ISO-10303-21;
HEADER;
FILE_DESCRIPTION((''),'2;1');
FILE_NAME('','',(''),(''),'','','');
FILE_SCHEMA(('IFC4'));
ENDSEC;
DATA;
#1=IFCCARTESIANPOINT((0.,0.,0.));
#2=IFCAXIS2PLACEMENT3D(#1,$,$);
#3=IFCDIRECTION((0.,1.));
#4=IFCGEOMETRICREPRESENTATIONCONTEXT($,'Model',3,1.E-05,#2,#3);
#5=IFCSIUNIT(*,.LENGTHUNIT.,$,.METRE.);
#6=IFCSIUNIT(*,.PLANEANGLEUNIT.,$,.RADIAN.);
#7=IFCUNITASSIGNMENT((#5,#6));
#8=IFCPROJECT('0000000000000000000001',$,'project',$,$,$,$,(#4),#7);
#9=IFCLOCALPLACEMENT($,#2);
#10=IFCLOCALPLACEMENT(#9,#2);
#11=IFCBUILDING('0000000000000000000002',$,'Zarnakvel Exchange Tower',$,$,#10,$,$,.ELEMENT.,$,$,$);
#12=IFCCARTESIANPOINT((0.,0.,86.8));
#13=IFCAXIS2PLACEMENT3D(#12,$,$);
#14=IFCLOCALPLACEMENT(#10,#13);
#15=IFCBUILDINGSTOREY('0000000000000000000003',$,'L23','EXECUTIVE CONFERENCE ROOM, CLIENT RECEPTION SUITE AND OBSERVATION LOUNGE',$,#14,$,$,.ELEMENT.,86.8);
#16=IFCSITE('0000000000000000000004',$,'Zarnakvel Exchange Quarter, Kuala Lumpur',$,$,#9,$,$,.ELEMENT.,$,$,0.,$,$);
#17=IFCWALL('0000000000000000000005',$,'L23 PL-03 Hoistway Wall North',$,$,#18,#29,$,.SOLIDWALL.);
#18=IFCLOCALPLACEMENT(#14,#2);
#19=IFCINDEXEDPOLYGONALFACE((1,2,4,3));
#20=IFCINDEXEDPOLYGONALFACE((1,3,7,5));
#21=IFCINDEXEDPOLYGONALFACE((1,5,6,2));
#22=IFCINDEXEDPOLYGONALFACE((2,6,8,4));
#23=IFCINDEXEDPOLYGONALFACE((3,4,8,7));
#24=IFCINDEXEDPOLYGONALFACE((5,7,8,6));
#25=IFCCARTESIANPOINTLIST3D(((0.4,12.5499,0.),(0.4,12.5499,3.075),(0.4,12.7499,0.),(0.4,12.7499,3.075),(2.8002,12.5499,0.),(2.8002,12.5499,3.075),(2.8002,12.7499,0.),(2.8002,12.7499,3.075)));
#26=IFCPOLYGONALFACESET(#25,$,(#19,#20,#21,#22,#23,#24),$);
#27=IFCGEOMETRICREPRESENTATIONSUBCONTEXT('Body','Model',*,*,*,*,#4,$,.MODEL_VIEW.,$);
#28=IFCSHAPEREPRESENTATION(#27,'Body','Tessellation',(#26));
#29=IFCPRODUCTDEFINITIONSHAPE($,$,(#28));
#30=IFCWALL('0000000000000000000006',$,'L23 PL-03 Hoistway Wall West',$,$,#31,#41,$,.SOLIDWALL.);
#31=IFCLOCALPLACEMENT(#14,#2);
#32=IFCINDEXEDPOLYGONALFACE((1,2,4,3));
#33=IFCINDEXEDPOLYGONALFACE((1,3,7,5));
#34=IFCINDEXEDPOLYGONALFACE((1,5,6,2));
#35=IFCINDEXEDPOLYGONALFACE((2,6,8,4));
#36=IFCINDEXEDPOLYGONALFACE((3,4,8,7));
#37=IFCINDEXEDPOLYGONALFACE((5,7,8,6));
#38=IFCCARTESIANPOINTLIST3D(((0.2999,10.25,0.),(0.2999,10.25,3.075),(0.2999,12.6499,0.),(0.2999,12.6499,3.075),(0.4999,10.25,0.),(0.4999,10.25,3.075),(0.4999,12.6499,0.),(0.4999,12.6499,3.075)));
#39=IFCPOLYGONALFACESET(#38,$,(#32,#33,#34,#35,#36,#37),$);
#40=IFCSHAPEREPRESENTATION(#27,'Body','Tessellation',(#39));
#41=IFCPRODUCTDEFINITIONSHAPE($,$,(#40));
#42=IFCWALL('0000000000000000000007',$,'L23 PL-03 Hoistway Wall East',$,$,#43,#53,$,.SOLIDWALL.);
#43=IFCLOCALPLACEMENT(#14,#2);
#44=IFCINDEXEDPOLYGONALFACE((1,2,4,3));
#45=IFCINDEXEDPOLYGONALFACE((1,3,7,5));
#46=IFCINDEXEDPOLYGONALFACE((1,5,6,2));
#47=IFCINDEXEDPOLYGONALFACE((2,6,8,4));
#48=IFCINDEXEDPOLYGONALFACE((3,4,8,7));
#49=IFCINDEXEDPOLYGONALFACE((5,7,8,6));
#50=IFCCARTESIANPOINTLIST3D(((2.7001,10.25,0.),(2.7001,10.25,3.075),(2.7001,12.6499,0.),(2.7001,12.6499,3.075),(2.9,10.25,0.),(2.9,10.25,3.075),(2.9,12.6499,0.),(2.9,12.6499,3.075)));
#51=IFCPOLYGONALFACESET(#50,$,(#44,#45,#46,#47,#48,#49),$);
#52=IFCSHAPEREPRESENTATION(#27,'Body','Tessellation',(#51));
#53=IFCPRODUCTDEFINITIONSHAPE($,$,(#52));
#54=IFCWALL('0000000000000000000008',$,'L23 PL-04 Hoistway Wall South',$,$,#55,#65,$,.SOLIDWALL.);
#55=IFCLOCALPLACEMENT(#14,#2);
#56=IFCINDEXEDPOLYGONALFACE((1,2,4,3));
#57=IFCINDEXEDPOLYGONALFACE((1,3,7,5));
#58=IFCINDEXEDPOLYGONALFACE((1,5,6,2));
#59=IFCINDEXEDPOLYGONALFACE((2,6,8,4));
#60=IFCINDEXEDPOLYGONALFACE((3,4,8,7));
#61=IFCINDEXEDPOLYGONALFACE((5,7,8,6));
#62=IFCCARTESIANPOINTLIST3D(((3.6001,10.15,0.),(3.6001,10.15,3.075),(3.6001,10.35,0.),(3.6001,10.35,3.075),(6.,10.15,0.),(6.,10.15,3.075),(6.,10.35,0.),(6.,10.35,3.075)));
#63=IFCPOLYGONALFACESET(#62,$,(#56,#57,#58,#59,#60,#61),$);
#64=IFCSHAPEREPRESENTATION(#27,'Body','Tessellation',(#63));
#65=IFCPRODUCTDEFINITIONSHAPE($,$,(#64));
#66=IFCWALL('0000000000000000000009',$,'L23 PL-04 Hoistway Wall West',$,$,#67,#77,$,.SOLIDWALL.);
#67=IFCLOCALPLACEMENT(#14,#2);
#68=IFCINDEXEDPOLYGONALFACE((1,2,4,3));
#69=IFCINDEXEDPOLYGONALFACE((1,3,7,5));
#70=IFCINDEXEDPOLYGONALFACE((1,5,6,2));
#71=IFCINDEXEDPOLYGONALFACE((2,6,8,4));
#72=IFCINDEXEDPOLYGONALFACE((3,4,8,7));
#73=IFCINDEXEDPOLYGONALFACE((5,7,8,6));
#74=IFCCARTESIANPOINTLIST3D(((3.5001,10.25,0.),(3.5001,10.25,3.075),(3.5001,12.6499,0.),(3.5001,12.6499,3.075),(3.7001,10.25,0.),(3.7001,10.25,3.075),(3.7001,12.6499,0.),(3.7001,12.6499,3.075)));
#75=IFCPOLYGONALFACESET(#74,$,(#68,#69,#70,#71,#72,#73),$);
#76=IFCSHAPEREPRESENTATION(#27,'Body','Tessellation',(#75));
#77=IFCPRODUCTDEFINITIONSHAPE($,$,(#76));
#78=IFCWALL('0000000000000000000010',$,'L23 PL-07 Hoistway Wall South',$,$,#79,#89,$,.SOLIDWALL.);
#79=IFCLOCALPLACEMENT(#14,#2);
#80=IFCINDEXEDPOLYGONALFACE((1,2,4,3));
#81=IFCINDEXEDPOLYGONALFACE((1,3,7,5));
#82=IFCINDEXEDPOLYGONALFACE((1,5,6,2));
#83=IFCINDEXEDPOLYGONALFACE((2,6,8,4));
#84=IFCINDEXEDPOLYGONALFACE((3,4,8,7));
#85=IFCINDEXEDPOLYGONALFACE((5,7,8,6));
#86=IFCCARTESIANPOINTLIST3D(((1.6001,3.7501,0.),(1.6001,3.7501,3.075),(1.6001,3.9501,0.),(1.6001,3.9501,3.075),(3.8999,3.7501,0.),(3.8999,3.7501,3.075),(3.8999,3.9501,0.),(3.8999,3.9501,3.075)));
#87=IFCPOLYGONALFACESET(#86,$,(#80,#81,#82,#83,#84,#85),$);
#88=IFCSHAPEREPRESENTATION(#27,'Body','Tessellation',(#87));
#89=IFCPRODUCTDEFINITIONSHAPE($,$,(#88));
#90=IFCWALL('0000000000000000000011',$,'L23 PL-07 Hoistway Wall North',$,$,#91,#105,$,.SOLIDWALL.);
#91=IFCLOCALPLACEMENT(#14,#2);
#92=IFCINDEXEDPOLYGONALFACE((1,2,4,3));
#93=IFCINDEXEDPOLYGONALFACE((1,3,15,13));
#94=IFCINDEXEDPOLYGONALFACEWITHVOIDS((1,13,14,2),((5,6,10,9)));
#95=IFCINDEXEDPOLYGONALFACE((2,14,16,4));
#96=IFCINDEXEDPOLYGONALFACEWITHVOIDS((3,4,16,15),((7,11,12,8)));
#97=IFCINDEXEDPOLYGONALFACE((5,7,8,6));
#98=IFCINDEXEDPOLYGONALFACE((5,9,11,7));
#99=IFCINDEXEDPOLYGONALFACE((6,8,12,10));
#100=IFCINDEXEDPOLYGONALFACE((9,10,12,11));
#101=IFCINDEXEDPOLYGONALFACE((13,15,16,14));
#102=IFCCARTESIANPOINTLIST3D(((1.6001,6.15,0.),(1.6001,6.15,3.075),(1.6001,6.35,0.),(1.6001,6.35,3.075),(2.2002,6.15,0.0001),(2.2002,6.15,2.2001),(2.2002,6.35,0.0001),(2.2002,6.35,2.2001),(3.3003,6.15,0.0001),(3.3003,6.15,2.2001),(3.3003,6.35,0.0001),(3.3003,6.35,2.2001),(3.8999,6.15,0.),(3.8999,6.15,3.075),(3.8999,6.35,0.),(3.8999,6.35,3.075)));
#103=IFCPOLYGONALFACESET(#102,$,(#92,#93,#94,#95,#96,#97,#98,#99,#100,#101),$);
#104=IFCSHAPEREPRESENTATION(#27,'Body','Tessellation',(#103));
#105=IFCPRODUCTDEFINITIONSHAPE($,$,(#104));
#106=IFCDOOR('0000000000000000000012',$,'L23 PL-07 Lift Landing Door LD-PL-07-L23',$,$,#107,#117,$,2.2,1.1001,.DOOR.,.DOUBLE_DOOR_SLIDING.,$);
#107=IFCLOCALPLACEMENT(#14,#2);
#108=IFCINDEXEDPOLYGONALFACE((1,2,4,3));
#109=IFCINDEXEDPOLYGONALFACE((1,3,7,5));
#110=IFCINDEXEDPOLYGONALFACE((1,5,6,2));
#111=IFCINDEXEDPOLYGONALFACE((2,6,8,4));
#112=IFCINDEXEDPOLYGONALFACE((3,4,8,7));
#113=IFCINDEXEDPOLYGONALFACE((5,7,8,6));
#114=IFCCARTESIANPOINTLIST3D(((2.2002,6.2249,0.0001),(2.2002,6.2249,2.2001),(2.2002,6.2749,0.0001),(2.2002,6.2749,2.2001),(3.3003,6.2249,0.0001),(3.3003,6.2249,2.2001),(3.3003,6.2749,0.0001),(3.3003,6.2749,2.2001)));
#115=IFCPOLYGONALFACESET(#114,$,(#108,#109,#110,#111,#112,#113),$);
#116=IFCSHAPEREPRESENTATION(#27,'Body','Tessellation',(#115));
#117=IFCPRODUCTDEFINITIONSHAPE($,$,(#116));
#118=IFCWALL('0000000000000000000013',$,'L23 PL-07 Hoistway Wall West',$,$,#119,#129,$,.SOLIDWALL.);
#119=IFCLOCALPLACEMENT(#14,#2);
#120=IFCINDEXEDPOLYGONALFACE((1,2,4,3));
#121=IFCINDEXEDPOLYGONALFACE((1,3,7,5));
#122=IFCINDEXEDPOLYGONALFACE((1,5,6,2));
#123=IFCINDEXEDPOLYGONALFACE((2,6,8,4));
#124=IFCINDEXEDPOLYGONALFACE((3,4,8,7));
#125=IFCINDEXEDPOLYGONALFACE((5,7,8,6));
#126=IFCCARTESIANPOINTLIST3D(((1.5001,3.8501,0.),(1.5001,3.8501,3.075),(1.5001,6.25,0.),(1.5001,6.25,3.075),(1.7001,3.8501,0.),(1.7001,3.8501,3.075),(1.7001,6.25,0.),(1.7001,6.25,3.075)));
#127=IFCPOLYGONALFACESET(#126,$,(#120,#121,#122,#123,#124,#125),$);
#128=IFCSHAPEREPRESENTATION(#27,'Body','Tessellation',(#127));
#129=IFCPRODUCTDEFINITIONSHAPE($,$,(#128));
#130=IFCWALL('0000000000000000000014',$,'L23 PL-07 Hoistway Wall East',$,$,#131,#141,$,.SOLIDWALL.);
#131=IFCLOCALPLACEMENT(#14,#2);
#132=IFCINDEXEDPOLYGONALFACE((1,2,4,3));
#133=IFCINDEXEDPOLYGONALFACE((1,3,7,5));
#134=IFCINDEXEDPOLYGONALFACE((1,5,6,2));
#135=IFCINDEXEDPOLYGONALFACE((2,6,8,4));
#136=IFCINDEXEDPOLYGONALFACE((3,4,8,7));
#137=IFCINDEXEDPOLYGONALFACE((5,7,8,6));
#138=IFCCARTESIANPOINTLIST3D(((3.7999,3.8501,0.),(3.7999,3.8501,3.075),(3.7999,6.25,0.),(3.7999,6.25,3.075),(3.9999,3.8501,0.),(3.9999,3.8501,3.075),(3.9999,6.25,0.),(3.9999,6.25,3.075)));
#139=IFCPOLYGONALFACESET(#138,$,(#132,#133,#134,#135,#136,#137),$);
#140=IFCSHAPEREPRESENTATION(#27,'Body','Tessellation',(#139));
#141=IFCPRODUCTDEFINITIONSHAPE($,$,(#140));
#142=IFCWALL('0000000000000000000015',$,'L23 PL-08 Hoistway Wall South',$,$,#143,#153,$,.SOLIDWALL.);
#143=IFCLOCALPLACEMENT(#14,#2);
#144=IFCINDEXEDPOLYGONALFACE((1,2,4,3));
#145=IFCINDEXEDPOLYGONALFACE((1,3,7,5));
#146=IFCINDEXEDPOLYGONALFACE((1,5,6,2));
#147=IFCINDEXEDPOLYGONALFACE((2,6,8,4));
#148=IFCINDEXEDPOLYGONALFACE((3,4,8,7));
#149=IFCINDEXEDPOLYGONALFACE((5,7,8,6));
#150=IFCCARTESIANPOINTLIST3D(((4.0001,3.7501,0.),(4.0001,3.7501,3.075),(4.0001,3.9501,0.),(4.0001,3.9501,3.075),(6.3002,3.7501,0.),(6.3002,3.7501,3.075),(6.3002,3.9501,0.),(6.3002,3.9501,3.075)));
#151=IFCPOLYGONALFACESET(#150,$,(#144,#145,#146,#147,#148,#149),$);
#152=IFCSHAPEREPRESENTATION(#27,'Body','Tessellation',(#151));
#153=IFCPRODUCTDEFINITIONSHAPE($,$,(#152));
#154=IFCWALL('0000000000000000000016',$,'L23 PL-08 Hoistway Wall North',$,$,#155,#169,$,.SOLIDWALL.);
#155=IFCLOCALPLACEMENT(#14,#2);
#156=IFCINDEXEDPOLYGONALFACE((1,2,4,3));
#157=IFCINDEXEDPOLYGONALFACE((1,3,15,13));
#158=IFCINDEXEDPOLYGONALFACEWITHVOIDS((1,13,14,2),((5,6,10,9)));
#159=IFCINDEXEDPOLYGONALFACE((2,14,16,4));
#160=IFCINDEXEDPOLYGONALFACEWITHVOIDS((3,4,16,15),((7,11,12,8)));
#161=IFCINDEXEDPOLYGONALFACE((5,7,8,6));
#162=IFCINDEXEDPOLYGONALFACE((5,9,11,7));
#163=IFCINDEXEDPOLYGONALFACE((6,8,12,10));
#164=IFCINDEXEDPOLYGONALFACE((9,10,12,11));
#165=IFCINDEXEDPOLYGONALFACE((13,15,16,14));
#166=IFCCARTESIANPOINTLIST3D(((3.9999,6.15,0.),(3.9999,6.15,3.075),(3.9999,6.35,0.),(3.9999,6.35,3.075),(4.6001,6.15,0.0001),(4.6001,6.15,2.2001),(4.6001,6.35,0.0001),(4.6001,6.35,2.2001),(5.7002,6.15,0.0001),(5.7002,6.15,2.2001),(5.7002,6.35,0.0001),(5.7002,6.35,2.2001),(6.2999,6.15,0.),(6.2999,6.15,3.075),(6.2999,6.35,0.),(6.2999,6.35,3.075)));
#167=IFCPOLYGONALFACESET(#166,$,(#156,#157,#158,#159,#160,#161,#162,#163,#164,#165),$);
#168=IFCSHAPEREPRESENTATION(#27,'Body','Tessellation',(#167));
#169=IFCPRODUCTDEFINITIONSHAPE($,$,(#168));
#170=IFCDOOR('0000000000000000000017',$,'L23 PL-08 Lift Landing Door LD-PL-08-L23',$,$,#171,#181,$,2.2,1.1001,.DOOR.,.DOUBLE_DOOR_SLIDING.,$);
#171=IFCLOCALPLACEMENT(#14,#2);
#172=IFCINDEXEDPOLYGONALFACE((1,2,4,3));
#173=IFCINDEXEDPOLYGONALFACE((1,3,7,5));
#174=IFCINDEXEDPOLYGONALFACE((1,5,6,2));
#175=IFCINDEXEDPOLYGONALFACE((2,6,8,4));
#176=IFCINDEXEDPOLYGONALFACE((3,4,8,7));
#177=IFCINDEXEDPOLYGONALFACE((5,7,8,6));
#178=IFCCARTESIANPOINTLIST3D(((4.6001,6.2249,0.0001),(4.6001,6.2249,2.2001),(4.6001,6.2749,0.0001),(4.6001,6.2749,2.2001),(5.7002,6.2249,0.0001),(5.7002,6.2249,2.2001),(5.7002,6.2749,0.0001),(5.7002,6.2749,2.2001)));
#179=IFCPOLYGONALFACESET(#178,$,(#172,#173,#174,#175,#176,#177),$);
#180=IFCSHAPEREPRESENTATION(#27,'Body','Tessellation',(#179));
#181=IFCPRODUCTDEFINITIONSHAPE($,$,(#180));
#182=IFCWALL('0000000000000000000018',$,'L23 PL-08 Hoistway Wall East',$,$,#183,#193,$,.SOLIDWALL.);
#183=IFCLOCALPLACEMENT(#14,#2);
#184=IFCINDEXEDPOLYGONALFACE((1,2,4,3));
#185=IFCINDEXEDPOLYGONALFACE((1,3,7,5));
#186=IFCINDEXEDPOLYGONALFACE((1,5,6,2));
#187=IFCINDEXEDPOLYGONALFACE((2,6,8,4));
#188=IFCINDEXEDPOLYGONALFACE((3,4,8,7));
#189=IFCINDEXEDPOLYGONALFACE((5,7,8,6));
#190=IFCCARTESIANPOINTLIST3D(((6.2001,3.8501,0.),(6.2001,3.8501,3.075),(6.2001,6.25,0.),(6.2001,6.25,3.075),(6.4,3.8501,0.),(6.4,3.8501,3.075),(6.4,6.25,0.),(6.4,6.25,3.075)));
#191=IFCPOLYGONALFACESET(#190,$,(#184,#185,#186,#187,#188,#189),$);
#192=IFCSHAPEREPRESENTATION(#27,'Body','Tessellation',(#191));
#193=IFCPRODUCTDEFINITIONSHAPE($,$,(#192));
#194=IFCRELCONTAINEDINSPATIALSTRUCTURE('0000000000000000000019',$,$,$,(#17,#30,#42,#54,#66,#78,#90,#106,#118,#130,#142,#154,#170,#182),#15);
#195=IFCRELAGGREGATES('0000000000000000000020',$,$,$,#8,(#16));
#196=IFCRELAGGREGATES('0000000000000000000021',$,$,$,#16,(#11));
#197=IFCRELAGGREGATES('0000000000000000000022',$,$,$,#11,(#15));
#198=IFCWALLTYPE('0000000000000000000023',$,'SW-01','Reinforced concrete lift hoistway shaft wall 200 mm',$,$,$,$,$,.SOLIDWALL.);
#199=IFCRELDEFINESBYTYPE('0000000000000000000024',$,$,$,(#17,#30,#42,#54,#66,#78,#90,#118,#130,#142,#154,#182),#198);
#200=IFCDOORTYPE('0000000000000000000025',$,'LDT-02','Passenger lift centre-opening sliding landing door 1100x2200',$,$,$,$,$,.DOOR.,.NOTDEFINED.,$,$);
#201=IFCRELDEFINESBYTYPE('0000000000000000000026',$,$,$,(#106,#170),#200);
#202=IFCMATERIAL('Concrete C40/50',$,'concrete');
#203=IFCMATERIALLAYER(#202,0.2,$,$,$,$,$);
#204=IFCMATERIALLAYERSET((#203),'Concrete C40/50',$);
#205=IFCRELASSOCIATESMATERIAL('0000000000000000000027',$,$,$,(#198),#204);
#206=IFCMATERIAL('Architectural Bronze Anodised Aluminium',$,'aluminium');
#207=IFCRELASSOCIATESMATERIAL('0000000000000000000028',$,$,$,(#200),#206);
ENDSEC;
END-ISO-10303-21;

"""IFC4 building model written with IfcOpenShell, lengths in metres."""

from ifc_helpers import new_model, si_unit, direction, frame, frame_2d, origin, place, context, subcontext, project, spatial, rectangle, extrude, source, transform, mapped, material, layer, layer_set, type_object, element, fill, save


model = new_model("IFC4")

# Units and contexts
model_context = context("Model", 3, precision=1e-05, world=origin(), true_north=direction((0.0, 1.0)))
body_context = subcontext(model_context, "Body", "Model", "MODEL_VIEW")
ifc_project = project(units=[si_unit("LENGTHUNIT", "METRE"), si_unit("PLANEANGLEUNIT", "RADIAN")], contexts=[model_context])

# Site, building, storey
site_placement = place(None, origin())
site = spatial("IfcSite", under=ifc_project, at=site_placement, Name="Zarnakvel Exchange Quarter, Kuala Lumpur", CompositionType="ELEMENT", RefElevation=0.0)
building_placement = place(site_placement, origin())
building = spatial("IfcBuilding", under=site, at=building_placement, Name="Zarnakvel Exchange Tower", CompositionType="ELEMENT")
storey_placement = place(building_placement, frame((0.0, 0.0, 86.8)))
storey = spatial("IfcBuildingStorey", under=building, at=storey_placement, Name="L23", Description="EXECUTIVE CONFERENCE ROOM, CLIENT RECEPTION SUITE AND OBSERVATION LOUNGE", CompositionType="ELEMENT", Elevation=86.8)

# Walls
ifc_material_1 = material(Name="Concrete C40/50", Category="concrete")
ifc_layer_1 = layer(ifc_material_1, 0.2)
ifc_layer_set_1 = layer_set([ifc_layer_1], Name="Concrete C40/50")
wall_type_1 = type_object("IfcWallType", Name="SW-01", Description="Reinforced concrete lift hoistway shaft wall 200 mm", PredefinedType="SOLIDWALL", material=ifc_layer_set_1)
for number, where, z_axis, x_axis, name in (
    (1, (0.3999, 12.6499, 0.0), (0.0, 0.0, 1.0), (1.0, 0.0, 0.0), "L23 PL-03 Hoistway Wall North"),
):
    element("IfcWall", number, at=place(storey_placement, frame(where, z_axis=z_axis, x_axis=x_axis)), inside=storey, type_object=wall_type_1, Name=name, PredefinedType="SOLIDWALL", context=body_context, shape_type="SweptSolid", body=[
        extrude(rectangle(XDim=2.4001, YDim=0.2, at=frame_2d((1.2002, 0.0))), origin(), (0.0, 0.0, 1.0), 3.075),
    ])
for number, where, z_axis, x_axis, name in (
    (2, (0.3999, 10.25, 0.0), (0.0, 0.0, 1.0), (0.0, 1.0, 0.0), "L23 PL-03 Hoistway Wall West"),
    (3, (2.8, 12.6499, 0.0), (0.0, 0.0, 1.0), (0.0, -1.0, 0.0), "L23 PL-03 Hoistway Wall East"),
    (4, (6.0, 10.25, 0.0), (0.0, 0.0, 1.0), (-1.0, 0.0, 0.0), "L23 PL-04 Hoistway Wall South"),
    (5, (3.6001, 10.25, 0.0), (0.0, 0.0, 1.0), (0.0, 1.0, 0.0), "L23 PL-04 Hoistway Wall West"),
):
    element("IfcWall", number, at=place(storey_placement, frame(where, z_axis=z_axis, x_axis=x_axis)), inside=storey, type_object=wall_type_1, Name=name, PredefinedType="SOLIDWALL", context=body_context, shape_type="SweptSolid", body=[
        extrude(rectangle(XDim=2.3999, YDim=0.2, at=frame_2d((1.2, 0.0))), origin(), (0.0, 0.0, 1.0), 3.075),
    ])
wall_1_placement = place(storey_placement, frame((3.8999, 3.8501, 0.0), z_axis=(0.0, 0.0, 1.0), x_axis=(-1.0, 0.0, 0.0)))
element("IfcWall", 6, at=wall_1_placement, inside=storey, type_object=wall_type_1, Name="L23 PL-07 Hoistway Wall South", PredefinedType="SOLIDWALL", context=body_context, shape_type="SweptSolid", body=[
    extrude(rectangle(XDim=2.2998, YDim=0.2, at=frame_2d((1.1499, 0.0))), origin(), (0.0, 0.0, 1.0), 3.075),
])

# Wall, opening, door
wall_2_placement = place(storey_placement, frame((1.6001, 6.25, 0.0), z_axis=(0.0, 0.0, 1.0), x_axis=(1.0, 0.0, 0.0)))
wall_2 = element("IfcWall", 7, at=wall_2_placement, inside=storey, type_object=wall_type_1, Name="L23 PL-07 Hoistway Wall North", PredefinedType="SOLIDWALL", context=body_context, shape_type="SweptSolid", body=[
    extrude(rectangle(XDim=2.2998, YDim=0.2, at=frame_2d((1.1499, 0.0))), origin(), (0.0, 0.0, 1.0), 3.075),
])
opening_1_placement = place(wall_2_placement, frame((0.6001, 0.0, 0.0)))
opening_1 = element("IfcOpeningElement", 8, at=opening_1_placement, cuts=wall_2, PredefinedType="OPENING", context=body_context, shape_type="SweptSolid", body=[
    extrude(rectangle(XDim=1.1001, YDim=2.2, at=frame_2d((0.55, 1.1001))), frame((0.0, 0.1099, 0.0), z_axis=(0.0, -1.0, 0.0), x_axis=(1.0, 0.0, 0.0)), (0.0, 0.0, 1.0), 0.22),
])
ifc_material_2 = material(Name="Architectural Bronze Anodised Aluminium", Category="aluminium")
door_type = type_object("IfcDoorType", Name="LDT-02", Description="Passenger lift centre-opening sliding landing door 1100x2200", OperationType="NOTDEFINED", PredefinedType="DOOR", material=ifc_material_2)
shared_shape_1 = source(origin(), body_context, "Body", "SweptSolid", [
    extrude(rectangle(XDim=1.1001, YDim=2.2, at=frame_2d((0.55, 1.1001))), frame((0.0, 0.0249, 0.0), z_axis=(0.0, -1.0, 0.0), x_axis=(1.0, 0.0, 0.0)), (0.0, 0.0, 1.0), 0.05),
])
door_1_placement = place(opening_1_placement, origin())
door_1 = element("IfcDoor", 9, at=door_1_placement, inside=storey, type_object=door_type, Name="L23 PL-07 Lift Landing Door LD-PL-07-L23", OperationType="DOUBLE_DOOR_SLIDING", OverallHeight=2.2, OverallWidth=1.1001, PredefinedType="DOOR", context=body_context, shape_type="MappedRepresentation", body=[
    mapped(shared_shape_1, transform((0.0, 0.0, 0.0), x_axis=(1.0, 0.0, 0.0), y_axis=(0.0, 1.0, 0.0), z_axis=(0.0, 0.0, 1.0), scale=1.0)),
])
fill(opening_1, door_1)

# Walls
for number, where, z_axis, x_axis, name in (
    (10, (1.6001, 3.8501, 0.0), (0.0, 0.0, 1.0), (0.0, 1.0, 0.0), "L23 PL-07 Hoistway Wall West"),
    (11, (3.8999, 6.25, 0.0), (0.0, 0.0, 1.0), (0.0, -1.0, 0.0), "L23 PL-07 Hoistway Wall East"),
):
    element("IfcWall", number, at=place(storey_placement, frame(where, z_axis=z_axis, x_axis=x_axis)), inside=storey, type_object=wall_type_1, Name=name, PredefinedType="SOLIDWALL", context=body_context, shape_type="SweptSolid", body=[
        extrude(rectangle(XDim=2.3999, YDim=0.2, at=frame_2d((1.2, 0.0))), origin(), (0.0, 0.0, 1.0), 3.075),
    ])
wall_3_placement = place(storey_placement, frame((6.3, 3.8501, 0.0), z_axis=(0.0, 0.0, 1.0), x_axis=(-1.0, 0.0, 0.0)))
element("IfcWall", 12, at=wall_3_placement, inside=storey, type_object=wall_type_1, Name="L23 PL-08 Hoistway Wall South", PredefinedType="SOLIDWALL", context=body_context, shape_type="SweptSolid", body=[
    extrude(rectangle(XDim=2.3, YDim=0.2, at=frame_2d((1.1499, 0.0))), origin(), (0.0, 0.0, 1.0), 3.075),
])

# Wall, opening, door
wall_4_placement = place(storey_placement, frame((4.0, 6.25, 0.0), z_axis=(0.0, 0.0, 1.0), x_axis=(1.0, 0.0, 0.0)))
wall_4 = element("IfcWall", 13, at=wall_4_placement, inside=storey, type_object=wall_type_1, Name="L23 PL-08 Hoistway Wall North", PredefinedType="SOLIDWALL", context=body_context, shape_type="SweptSolid", body=[
    extrude(rectangle(XDim=2.3, YDim=0.2, at=frame_2d((1.1499, 0.0))), origin(), (0.0, 0.0, 1.0), 3.075),
])
opening_2_placement = place(wall_4_placement, frame((0.6001, 0.0, 0.0)))
opening_2 = element("IfcOpeningElement", 14, at=opening_2_placement, cuts=wall_4, PredefinedType="OPENING", context=body_context, shape_type="SweptSolid", body=[
    extrude(rectangle(XDim=1.1001, YDim=2.2, at=frame_2d((0.55, 1.1001))), frame((0.0, 0.1099, 0.0), z_axis=(0.0, -1.0, 0.0), x_axis=(1.0, 0.0, 0.0)), (0.0, 0.0, 1.0), 0.22),
])
door_2_placement = place(opening_2_placement, origin())
door_2 = element("IfcDoor", 15, at=door_2_placement, inside=storey, type_object=door_type, Name="L23 PL-08 Lift Landing Door LD-PL-08-L23", OperationType="DOUBLE_DOOR_SLIDING", OverallHeight=2.2, OverallWidth=1.1001, PredefinedType="DOOR", context=body_context, shape_type="MappedRepresentation", body=[
    mapped(shared_shape_1, transform((0.0, 0.0, 0.0), x_axis=(1.0, 0.0, 0.0), y_axis=(0.0, 1.0, 0.0), z_axis=(0.0, 0.0, 1.0), scale=1.0)),
])
fill(opening_2, door_2)

# Wall
wall_5_placement = place(storey_placement, frame((6.3, 6.25, 0.0), z_axis=(0.0, 0.0, 1.0), x_axis=(0.0, -1.0, 0.0)))
element("IfcWall", 16, at=wall_5_placement, inside=storey, type_object=wall_type_1, Name="L23 PL-08 Hoistway Wall East", PredefinedType="SOLIDWALL", context=body_context, shape_type="SweptSolid", body=[
    extrude(rectangle(XDim=2.3999, YDim=0.2, at=frame_2d((1.2, 0.0))), origin(), (0.0, 0.0, 1.0), 3.075),
])

save(model, "model.ifc")
